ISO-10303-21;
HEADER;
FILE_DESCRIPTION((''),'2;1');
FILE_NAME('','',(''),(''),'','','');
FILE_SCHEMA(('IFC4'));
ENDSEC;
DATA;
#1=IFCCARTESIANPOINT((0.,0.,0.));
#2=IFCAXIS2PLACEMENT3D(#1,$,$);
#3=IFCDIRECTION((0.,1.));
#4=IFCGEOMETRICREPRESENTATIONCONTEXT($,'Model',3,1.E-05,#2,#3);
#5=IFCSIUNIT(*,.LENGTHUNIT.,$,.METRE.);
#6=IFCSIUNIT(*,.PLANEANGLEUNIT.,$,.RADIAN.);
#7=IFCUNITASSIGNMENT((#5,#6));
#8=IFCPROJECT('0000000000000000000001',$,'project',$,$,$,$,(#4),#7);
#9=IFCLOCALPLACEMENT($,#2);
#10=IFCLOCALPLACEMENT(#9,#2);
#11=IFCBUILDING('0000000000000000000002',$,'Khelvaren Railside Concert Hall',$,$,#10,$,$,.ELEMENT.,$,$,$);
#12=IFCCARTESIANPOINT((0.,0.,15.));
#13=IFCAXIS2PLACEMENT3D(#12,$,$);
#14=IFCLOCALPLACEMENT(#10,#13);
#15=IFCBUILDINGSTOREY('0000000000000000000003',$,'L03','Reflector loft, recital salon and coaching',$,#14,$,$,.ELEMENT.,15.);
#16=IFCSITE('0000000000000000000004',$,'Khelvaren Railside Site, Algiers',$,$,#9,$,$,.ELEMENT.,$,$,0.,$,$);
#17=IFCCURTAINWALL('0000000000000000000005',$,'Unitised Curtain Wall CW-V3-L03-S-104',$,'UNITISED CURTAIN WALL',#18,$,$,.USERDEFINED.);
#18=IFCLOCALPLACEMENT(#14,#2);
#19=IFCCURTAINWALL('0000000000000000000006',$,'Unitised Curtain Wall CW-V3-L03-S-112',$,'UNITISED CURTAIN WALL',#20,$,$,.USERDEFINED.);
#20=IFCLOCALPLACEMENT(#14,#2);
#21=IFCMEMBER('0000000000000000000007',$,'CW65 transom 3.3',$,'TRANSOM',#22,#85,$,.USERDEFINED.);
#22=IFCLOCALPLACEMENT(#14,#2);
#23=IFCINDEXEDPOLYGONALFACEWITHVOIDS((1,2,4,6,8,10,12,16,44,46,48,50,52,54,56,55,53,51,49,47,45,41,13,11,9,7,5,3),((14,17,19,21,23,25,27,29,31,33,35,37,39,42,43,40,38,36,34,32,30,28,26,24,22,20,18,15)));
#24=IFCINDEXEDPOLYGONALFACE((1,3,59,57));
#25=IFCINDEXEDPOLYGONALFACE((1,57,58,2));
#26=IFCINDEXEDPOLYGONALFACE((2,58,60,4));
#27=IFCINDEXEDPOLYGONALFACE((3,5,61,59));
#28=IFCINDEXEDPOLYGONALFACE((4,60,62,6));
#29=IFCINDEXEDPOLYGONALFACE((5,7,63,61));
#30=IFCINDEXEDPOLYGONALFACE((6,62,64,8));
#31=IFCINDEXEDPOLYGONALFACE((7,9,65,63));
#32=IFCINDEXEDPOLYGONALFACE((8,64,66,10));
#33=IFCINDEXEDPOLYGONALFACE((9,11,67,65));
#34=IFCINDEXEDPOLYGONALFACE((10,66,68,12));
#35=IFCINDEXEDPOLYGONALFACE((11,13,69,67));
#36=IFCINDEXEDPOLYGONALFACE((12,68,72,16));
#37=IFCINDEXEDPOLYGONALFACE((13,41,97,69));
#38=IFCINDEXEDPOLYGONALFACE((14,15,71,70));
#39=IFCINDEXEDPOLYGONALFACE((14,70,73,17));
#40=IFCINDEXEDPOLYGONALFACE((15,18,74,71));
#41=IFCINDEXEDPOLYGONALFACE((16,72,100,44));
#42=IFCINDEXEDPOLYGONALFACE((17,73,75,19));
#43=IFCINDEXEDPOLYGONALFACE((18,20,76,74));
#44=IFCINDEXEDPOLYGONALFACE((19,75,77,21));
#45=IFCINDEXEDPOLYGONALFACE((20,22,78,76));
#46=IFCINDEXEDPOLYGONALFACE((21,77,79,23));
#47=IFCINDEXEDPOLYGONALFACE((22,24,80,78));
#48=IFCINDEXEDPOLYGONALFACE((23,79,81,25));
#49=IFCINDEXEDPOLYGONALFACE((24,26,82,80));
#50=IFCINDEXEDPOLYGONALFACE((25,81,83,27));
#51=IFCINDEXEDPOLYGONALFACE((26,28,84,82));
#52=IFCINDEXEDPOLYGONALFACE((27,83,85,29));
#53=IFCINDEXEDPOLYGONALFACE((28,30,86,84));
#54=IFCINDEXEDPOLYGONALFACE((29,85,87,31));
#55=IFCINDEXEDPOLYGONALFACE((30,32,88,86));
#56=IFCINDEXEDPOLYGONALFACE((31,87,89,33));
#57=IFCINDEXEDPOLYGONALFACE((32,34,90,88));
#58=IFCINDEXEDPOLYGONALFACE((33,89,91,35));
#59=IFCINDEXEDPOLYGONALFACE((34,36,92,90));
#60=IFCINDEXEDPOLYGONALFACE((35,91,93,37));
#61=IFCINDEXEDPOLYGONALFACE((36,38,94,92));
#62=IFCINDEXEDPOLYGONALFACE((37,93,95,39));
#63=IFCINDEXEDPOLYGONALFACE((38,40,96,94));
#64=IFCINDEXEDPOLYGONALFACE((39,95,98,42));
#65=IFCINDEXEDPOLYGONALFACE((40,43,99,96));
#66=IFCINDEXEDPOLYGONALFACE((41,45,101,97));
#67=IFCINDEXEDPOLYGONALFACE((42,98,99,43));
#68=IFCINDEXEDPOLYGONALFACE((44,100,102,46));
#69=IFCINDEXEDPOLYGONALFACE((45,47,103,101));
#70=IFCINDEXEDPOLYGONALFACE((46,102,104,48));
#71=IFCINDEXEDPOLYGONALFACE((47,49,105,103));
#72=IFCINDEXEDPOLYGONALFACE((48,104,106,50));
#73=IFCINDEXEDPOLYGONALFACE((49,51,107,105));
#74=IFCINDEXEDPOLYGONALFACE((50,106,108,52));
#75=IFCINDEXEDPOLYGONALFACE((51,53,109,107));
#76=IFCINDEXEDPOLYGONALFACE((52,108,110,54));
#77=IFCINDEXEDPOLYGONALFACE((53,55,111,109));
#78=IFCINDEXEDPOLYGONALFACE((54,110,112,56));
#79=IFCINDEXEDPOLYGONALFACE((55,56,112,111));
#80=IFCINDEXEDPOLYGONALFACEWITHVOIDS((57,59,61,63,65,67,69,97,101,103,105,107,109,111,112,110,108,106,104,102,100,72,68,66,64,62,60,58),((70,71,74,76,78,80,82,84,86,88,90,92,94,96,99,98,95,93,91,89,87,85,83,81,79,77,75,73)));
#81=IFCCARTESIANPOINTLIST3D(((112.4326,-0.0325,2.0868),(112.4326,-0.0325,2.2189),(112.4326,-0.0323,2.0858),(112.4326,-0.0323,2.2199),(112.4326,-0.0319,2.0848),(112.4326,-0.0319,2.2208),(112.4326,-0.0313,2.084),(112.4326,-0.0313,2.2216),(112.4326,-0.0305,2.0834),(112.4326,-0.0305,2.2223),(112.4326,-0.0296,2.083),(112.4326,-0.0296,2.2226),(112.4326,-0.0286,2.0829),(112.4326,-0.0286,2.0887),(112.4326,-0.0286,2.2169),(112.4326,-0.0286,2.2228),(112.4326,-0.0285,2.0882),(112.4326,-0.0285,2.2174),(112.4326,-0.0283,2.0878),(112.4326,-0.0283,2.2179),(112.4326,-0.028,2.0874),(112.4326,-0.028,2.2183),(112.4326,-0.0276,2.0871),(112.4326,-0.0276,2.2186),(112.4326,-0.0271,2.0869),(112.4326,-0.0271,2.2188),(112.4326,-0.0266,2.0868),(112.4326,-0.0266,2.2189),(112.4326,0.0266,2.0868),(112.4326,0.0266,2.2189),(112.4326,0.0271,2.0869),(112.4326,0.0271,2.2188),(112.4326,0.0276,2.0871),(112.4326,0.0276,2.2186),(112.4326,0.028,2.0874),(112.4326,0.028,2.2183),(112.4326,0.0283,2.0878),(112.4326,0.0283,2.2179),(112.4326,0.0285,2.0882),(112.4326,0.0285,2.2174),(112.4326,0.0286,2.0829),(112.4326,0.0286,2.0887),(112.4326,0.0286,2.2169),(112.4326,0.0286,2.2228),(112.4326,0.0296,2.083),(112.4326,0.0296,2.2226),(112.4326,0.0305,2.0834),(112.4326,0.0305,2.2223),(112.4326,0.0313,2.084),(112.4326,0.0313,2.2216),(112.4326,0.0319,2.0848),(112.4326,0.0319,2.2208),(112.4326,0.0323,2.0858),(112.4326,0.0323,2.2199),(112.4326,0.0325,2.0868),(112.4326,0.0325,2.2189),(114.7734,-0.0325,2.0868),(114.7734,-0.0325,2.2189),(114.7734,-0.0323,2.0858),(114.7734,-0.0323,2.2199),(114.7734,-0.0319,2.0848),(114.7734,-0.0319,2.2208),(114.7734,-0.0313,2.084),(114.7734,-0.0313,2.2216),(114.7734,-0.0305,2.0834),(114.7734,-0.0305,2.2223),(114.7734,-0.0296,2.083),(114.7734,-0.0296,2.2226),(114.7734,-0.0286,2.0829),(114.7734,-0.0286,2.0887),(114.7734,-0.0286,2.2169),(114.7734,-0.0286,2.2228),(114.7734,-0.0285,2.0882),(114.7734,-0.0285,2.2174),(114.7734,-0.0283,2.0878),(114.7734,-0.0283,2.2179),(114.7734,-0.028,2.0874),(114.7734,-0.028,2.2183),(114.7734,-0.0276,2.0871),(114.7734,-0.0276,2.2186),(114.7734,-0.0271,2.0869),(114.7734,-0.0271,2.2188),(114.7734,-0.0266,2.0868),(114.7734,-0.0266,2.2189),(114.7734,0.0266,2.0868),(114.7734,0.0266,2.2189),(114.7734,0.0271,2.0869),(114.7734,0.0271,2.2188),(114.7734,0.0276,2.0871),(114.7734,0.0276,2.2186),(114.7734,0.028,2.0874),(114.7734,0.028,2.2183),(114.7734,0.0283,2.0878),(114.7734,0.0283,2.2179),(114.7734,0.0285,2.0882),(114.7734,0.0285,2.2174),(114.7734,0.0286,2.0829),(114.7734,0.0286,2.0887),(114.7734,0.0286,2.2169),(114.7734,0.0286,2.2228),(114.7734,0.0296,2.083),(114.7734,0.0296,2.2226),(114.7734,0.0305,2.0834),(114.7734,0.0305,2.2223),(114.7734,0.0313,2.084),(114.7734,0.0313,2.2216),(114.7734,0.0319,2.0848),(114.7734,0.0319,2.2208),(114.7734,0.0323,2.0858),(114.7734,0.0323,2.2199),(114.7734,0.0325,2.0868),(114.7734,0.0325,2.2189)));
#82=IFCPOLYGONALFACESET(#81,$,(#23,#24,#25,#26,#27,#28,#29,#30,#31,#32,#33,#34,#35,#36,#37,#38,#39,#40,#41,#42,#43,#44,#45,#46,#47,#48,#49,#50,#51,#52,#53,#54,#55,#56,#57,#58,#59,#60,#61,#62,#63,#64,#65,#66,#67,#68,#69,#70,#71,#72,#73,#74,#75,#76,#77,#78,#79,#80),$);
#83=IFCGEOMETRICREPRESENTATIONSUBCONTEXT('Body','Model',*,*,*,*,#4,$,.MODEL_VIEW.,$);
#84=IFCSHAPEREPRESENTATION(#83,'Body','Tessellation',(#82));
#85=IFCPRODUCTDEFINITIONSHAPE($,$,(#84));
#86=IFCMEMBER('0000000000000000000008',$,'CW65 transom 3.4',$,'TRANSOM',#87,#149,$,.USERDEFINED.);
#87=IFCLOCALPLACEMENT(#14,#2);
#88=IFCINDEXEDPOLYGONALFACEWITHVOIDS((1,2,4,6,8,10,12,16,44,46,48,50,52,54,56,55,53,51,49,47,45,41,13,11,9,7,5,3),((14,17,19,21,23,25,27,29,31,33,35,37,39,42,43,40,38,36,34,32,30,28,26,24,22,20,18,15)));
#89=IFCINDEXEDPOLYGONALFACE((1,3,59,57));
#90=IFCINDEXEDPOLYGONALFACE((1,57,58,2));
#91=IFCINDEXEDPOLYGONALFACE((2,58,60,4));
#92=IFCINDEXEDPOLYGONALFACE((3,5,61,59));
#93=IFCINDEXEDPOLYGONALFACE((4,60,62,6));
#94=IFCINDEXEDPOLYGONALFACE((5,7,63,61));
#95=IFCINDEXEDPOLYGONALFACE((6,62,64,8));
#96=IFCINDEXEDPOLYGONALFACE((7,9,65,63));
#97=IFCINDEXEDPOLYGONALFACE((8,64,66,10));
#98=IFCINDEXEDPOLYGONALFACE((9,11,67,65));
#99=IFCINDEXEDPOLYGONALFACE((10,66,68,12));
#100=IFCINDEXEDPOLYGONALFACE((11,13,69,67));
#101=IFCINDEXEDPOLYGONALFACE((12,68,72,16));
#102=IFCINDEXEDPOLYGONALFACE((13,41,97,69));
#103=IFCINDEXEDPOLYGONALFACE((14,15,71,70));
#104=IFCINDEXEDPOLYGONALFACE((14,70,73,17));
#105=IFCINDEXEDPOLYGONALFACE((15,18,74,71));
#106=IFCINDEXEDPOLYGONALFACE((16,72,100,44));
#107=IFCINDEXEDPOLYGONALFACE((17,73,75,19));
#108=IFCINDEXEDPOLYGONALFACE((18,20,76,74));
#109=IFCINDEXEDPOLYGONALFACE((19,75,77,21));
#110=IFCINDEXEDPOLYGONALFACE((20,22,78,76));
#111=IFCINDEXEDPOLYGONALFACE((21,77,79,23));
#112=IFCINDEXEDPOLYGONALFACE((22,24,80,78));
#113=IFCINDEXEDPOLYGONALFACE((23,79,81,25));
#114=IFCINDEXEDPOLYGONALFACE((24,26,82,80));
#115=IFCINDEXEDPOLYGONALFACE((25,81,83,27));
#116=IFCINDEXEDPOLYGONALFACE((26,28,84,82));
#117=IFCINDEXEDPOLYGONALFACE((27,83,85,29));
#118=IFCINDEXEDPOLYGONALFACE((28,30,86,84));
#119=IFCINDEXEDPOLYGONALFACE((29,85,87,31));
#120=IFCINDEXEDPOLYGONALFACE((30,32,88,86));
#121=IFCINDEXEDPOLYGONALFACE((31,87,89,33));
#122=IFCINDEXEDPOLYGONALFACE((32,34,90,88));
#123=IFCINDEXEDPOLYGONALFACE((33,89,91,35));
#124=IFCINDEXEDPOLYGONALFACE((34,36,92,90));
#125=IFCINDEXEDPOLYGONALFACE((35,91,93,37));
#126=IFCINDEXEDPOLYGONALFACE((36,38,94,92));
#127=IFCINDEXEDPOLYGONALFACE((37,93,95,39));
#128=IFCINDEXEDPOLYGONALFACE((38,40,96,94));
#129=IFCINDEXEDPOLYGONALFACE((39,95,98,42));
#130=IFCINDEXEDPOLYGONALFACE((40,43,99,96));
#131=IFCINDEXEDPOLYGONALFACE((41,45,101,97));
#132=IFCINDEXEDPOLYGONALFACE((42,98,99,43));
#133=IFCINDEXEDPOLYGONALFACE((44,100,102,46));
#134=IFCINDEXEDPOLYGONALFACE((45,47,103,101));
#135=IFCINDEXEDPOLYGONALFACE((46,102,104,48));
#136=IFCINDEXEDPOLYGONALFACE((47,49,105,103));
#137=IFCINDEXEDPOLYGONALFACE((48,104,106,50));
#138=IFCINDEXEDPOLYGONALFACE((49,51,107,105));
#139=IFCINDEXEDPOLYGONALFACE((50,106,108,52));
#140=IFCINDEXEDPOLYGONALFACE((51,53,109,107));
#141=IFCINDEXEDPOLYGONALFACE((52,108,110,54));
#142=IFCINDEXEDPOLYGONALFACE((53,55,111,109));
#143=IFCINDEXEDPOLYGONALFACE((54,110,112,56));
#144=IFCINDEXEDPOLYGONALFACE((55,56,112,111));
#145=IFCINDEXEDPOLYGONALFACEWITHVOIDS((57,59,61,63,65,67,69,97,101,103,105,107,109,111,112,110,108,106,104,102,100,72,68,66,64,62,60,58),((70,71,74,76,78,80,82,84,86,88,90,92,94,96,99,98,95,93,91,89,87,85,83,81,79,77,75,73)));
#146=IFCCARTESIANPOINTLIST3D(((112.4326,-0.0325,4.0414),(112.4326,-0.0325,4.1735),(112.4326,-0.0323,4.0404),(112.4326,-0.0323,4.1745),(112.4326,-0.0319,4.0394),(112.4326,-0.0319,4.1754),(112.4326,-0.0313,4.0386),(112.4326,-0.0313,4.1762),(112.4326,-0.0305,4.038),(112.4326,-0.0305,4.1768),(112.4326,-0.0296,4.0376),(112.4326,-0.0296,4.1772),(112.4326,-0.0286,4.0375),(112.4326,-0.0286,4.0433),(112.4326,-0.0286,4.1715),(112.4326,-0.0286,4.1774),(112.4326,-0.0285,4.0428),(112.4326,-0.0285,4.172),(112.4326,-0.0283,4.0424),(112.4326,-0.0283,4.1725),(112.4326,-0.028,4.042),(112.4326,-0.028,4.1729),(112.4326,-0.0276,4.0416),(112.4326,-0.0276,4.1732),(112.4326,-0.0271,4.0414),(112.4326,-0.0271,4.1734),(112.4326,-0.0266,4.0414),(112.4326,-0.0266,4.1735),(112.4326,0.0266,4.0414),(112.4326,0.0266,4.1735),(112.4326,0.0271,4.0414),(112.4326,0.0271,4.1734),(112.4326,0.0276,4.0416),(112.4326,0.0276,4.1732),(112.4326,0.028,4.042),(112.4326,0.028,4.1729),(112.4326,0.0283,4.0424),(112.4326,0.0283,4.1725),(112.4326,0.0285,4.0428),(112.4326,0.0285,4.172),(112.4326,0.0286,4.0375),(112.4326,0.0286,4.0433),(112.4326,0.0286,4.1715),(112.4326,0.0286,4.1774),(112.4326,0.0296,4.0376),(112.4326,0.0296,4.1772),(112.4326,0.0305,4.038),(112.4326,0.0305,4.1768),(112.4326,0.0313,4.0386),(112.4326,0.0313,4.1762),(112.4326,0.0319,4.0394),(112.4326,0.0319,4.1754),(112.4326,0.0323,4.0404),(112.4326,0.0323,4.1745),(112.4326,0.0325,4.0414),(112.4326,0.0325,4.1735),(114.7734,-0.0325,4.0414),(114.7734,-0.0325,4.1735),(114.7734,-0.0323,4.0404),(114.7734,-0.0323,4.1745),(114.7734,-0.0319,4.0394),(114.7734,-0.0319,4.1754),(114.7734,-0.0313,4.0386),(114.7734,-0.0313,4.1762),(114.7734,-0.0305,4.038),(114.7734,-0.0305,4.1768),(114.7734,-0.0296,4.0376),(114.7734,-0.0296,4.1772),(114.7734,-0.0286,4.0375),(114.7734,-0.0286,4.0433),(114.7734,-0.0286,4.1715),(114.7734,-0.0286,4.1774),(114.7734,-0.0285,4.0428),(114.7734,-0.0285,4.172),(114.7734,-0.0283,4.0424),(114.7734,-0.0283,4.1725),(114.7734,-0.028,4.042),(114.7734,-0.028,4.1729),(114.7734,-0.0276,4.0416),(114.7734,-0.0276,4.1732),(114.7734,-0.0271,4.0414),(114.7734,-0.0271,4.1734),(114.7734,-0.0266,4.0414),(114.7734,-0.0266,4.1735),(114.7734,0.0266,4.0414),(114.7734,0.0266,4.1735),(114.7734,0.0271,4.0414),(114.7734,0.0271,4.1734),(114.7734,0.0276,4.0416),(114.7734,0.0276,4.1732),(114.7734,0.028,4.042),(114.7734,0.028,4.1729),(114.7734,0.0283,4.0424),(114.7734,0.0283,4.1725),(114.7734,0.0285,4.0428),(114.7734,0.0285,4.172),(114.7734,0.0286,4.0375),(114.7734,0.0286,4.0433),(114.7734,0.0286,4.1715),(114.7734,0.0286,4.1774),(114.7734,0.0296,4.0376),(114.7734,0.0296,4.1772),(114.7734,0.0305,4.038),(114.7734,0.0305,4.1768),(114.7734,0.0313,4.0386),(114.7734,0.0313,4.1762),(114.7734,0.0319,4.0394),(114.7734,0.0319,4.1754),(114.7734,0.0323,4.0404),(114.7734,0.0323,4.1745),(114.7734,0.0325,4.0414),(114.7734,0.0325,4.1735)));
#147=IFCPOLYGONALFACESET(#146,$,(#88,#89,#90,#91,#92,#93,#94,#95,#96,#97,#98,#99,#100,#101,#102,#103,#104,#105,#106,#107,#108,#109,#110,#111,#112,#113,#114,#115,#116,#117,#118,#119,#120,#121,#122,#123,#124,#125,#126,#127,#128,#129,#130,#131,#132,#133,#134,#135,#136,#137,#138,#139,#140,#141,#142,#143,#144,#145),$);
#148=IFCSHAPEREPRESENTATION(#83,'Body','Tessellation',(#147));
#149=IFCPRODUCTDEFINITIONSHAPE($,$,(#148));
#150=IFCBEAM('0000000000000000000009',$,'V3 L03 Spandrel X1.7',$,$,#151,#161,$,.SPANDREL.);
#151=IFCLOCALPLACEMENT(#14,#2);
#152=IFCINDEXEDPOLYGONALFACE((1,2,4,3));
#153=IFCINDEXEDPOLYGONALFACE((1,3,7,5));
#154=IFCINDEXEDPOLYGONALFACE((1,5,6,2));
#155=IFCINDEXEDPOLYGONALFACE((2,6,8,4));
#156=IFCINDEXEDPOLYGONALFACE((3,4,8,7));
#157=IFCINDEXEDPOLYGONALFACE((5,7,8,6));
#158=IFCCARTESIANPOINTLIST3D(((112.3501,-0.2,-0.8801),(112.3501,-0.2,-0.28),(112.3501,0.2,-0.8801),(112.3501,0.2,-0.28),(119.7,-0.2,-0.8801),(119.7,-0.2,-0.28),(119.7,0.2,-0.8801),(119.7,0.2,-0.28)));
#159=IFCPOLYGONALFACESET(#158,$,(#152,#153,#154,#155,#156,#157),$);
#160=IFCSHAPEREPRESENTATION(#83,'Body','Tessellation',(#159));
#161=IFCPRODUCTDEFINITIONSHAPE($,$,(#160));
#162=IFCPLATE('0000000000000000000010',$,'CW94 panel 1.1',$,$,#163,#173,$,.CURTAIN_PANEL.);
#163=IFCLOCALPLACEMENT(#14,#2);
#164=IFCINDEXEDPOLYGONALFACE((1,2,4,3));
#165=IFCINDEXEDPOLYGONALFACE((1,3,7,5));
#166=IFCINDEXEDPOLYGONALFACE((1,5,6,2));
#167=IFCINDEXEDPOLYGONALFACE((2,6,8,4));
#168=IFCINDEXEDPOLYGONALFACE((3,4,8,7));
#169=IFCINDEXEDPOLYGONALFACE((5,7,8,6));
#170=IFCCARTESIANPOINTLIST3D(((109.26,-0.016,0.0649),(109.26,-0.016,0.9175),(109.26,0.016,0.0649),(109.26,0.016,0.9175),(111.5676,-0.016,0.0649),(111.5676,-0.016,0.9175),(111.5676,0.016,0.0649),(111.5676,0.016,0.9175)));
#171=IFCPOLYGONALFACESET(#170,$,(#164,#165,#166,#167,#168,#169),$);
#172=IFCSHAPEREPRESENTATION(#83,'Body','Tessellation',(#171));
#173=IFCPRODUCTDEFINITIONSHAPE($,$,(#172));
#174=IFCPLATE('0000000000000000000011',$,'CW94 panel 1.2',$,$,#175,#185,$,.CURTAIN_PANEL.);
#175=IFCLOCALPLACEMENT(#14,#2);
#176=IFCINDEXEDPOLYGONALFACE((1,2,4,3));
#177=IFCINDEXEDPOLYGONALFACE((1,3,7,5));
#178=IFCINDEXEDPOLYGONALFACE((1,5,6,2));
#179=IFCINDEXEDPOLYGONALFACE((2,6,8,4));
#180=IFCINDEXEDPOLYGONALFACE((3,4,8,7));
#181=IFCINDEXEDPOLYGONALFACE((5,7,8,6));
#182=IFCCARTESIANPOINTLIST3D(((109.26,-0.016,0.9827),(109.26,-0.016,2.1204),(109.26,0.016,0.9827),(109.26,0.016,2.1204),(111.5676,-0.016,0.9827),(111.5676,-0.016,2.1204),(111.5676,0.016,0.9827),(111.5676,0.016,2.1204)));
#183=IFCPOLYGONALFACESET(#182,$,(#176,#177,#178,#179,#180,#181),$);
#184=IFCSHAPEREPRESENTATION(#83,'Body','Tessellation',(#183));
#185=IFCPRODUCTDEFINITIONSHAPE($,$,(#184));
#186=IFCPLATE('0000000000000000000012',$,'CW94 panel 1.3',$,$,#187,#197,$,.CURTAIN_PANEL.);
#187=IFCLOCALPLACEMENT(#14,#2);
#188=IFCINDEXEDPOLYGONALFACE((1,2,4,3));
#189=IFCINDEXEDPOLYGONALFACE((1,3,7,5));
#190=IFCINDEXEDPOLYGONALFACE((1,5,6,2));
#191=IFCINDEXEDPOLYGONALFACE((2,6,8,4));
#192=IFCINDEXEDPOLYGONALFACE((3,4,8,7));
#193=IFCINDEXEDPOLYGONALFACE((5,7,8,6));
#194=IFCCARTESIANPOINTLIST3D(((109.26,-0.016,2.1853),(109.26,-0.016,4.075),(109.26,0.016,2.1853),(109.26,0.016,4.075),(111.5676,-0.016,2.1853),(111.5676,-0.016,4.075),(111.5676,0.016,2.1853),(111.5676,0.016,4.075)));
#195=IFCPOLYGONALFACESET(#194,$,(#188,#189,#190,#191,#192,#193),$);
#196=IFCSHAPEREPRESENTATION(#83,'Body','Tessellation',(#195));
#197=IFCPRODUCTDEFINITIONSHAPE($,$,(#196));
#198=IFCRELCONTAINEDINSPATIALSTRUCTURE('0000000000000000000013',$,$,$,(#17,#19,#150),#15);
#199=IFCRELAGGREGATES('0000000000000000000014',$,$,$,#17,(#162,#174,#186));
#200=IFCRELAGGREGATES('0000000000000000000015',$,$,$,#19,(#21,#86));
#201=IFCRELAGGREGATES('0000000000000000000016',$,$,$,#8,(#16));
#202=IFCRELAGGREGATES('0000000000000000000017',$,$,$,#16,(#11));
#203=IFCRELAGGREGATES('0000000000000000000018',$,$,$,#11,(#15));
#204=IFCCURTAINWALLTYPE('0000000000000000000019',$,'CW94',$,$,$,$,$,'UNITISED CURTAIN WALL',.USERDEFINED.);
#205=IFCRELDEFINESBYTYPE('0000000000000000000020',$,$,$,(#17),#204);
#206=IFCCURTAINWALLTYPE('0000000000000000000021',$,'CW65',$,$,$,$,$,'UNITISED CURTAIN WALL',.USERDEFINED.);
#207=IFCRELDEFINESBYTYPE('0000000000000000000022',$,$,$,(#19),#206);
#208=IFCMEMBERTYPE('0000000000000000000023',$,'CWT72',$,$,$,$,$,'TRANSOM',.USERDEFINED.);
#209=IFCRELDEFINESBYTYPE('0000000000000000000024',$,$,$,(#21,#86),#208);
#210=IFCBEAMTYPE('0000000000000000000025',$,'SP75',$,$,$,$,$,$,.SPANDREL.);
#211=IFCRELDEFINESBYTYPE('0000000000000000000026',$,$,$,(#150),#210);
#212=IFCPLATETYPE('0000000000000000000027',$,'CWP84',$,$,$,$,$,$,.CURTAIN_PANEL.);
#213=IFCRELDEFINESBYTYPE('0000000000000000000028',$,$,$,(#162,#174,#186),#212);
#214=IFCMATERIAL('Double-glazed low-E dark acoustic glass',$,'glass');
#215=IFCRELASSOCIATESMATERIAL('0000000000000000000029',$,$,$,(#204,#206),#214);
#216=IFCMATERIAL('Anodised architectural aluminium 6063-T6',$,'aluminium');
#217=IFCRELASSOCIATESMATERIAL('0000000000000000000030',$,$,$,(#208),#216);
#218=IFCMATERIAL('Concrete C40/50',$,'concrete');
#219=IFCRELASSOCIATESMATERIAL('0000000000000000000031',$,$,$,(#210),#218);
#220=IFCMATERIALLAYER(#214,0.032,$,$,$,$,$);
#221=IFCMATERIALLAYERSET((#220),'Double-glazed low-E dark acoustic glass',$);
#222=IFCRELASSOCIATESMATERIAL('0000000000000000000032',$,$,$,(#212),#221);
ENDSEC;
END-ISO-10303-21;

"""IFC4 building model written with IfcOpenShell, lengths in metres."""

from ifc_helpers import new_model, si_unit, direction, frame, origin, origin_2d, place, context, subcontext, project, spatial, rectangle, hollow_rectangle, extrude, material, layer, layer_set, material_profile, profile_set, type_object, element, aggregate, save


model = new_model("IFC4")

# Units and contexts
model_context = context("Model", 3, precision=1e-05, world=origin(), true_north=direction((0.0, 1.0)))
body_context = subcontext(model_context, "Body", "Model", "MODEL_VIEW")
ifc_project = project(units=[si_unit("LENGTHUNIT", "METRE"), si_unit("PLANEANGLEUNIT", "RADIAN")], contexts=[model_context])

# Site, building, storey
site_placement = place(None, origin())
site = spatial("IfcSite", under=ifc_project, at=site_placement, Name="Khelvaren Railside Site, Algiers", CompositionType="ELEMENT", RefElevation=0.0)
building_placement = place(site_placement, origin())
building = spatial("IfcBuilding", under=site, at=building_placement, Name="Khelvaren Railside Concert Hall", CompositionType="ELEMENT")
storey_placement = place(building_placement, frame((0.0, 0.0, 15.0)))
storey = spatial("IfcBuildingStorey", under=building, at=storey_placement, Name="L03", Description="Reflector loft, recital salon and coaching", CompositionType="ELEMENT", Elevation=15.0)

# Curtain walls
ifc_material_1 = material(Name="Double-glazed low-E dark acoustic glass", Category="glass")
curtain_wall_type_1 = type_object("IfcCurtainWallType", Name="CW94", ElementType="UNITISED CURTAIN WALL", PredefinedType="USERDEFINED", material=ifc_material_1)
curtain_wall_1_placement = place(storey_placement, origin())
curtain_wall_1 = element("IfcCurtainWall", 1, at=curtain_wall_1_placement, inside=storey, type_object=curtain_wall_type_1, Name="Unitised Curtain Wall CW-V3-L03-S-104", ObjectType="UNITISED CURTAIN WALL", PredefinedType="USERDEFINED")
ifc_material_2 = material(Name="Anodised architectural aluminium 6063-T6", Category="aluminium")
curtain_wall_type_2 = type_object("IfcCurtainWallType", Name="CW65", ElementType="UNITISED CURTAIN WALL", PredefinedType="USERDEFINED", material=ifc_material_1)
curtain_wall_2_placement = place(storey_placement, origin())
curtain_wall_2 = element("IfcCurtainWall", 2, at=curtain_wall_2_placement, inside=storey, type_object=curtain_wall_type_2, Name="Unitised Curtain Wall CW-V3-L03-S-112", ObjectType="UNITISED CURTAIN WALL", PredefinedType="USERDEFINED")

# Members
ifc_material_profile_1 = material_profile(ifc_material_2, hollow_rectangle(XDim=0.0649, YDim=0.1399, WallThickness=0.0039, InnerFilletRadius=0.002, OuterFilletRadius=0.0039, at=origin_2d()), Name="CWT 65x140x4")
ifc_profile_set_1 = profile_set([ifc_material_profile_1], Name="Anodised architectural aluminium 6063-T6")
member_type_1 = type_object("IfcMemberType", Name="CWT72", ElementType="TRANSOM", PredefinedType="USERDEFINED", material=ifc_profile_set_1)
member_1_placement = place(storey_placement, frame((114.7734, 0.0, 2.1528), z_axis=(-1.0, 0.0, 0.0), x_axis=(0.0, -1.0, 0.0)))
member_1 = element("IfcMember", 3, at=member_1_placement, type_object=member_type_1, Name="CW65 transom 3.3", ObjectType="TRANSOM", PredefinedType="USERDEFINED", context=body_context, shape_type="SweptSolid", body=[
    extrude(hollow_rectangle(XDim=0.0649, YDim=0.1399, WallThickness=0.0039, InnerFilletRadius=0.002, OuterFilletRadius=0.0039, at=origin_2d()), origin(), (0.0, 0.0, 1.0), 2.3408),
])
member_2_placement = place(storey_placement, frame((114.7734, 0.0, 4.1074), z_axis=(-1.0, 0.0, 0.0), x_axis=(0.0, -1.0, 0.0)))
member_2 = element("IfcMember", 4, at=member_2_placement, type_object=member_type_1, Name="CW65 transom 3.4", ObjectType="TRANSOM", PredefinedType="USERDEFINED", context=body_context, shape_type="SweptSolid", body=[
    extrude(hollow_rectangle(XDim=0.0649, YDim=0.1399, WallThickness=0.0039, InnerFilletRadius=0.002, OuterFilletRadius=0.0039, at=origin_2d()), origin(), (0.0, 0.0, 1.0), 2.3408),
])

# Beam
ifc_material_3 = material(Name="Concrete C40/50", Category="concrete")
ifc_material_profile_2 = material_profile(ifc_material_3, rectangle(XDim=0.3999, YDim=0.6001, at=origin_2d()), Name="RCB 400x600")
ifc_profile_set_2 = profile_set([ifc_material_profile_2], Name="Concrete C40/50")
beam_type = type_object("IfcBeamType", Name="SP75", PredefinedType="SPANDREL", material=ifc_profile_set_2)
beam_placement = place(storey_placement, frame((112.3501, 0.0, -0.5801), z_axis=(1.0, 0.0, 0.0), x_axis=(0.0, 1.0, 0.0)))
element("IfcBeam", 5, at=beam_placement, inside=storey, type_object=beam_type, Name="V3 L03 Spandrel X1.7", PredefinedType="SPANDREL", context=body_context, shape_type="SweptSolid", body=[
    extrude(rectangle(XDim=0.3999, YDim=0.6001, at=origin_2d()), origin(), (0.0, 0.0, 1.0), 7.3499),
])

# Plates
ifc_layer = layer(ifc_material_1, 0.032)
ifc_layer_set = layer_set([ifc_layer], Name="Double-glazed low-E dark acoustic glass")
plate_type = type_object("IfcPlateType", Name="CWP84", PredefinedType="CURTAIN_PANEL", material=ifc_layer_set)
plate_1_placement = place(storey_placement, frame((110.4138, 0.0, 0.0649), z_axis=(0.0, 0.0, 1.0), x_axis=(-1.0, 0.0, 0.0)))
plate_1 = element("IfcPlate", 6, at=plate_1_placement, type_object=plate_type, Name="CW94 panel 1.1", PredefinedType="CURTAIN_PANEL", context=body_context, shape_type="SweptSolid", body=[
    extrude(rectangle(XDim=2.3076, YDim=0.032, at=origin_2d()), origin(), (0.0, 0.0, 1.0), 0.8525),
])
plate_2_placement = place(storey_placement, frame((110.4138, 0.0, 0.9827), z_axis=(0.0, 0.0, 1.0), x_axis=(-1.0, 0.0, 0.0)))
plate_2 = element("IfcPlate", 7, at=plate_2_placement, type_object=plate_type, Name="CW94 panel 1.2", PredefinedType="CURTAIN_PANEL", context=body_context, shape_type="SweptSolid", body=[
    extrude(rectangle(XDim=2.3076, YDim=0.032, at=origin_2d()), origin(), (0.0, 0.0, 1.0), 1.1377),
])
plate_3_placement = place(storey_placement, frame((110.4138, 0.0, 2.1853), z_axis=(0.0, 0.0, 1.0), x_axis=(-1.0, 0.0, 0.0)))
plate_3 = element("IfcPlate", 8, at=plate_3_placement, type_object=plate_type, Name="CW94 panel 1.3", PredefinedType="CURTAIN_PANEL", context=body_context, shape_type="SweptSolid", body=[
    extrude(rectangle(XDim=2.3076, YDim=0.032, at=origin_2d()), origin(), (0.0, 0.0, 1.0), 1.8896),
])
aggregate(curtain_wall_1, [plate_1, plate_2, plate_3])
aggregate(curtain_wall_2, [member_1, member_2])

save(model, "model.ifc")
